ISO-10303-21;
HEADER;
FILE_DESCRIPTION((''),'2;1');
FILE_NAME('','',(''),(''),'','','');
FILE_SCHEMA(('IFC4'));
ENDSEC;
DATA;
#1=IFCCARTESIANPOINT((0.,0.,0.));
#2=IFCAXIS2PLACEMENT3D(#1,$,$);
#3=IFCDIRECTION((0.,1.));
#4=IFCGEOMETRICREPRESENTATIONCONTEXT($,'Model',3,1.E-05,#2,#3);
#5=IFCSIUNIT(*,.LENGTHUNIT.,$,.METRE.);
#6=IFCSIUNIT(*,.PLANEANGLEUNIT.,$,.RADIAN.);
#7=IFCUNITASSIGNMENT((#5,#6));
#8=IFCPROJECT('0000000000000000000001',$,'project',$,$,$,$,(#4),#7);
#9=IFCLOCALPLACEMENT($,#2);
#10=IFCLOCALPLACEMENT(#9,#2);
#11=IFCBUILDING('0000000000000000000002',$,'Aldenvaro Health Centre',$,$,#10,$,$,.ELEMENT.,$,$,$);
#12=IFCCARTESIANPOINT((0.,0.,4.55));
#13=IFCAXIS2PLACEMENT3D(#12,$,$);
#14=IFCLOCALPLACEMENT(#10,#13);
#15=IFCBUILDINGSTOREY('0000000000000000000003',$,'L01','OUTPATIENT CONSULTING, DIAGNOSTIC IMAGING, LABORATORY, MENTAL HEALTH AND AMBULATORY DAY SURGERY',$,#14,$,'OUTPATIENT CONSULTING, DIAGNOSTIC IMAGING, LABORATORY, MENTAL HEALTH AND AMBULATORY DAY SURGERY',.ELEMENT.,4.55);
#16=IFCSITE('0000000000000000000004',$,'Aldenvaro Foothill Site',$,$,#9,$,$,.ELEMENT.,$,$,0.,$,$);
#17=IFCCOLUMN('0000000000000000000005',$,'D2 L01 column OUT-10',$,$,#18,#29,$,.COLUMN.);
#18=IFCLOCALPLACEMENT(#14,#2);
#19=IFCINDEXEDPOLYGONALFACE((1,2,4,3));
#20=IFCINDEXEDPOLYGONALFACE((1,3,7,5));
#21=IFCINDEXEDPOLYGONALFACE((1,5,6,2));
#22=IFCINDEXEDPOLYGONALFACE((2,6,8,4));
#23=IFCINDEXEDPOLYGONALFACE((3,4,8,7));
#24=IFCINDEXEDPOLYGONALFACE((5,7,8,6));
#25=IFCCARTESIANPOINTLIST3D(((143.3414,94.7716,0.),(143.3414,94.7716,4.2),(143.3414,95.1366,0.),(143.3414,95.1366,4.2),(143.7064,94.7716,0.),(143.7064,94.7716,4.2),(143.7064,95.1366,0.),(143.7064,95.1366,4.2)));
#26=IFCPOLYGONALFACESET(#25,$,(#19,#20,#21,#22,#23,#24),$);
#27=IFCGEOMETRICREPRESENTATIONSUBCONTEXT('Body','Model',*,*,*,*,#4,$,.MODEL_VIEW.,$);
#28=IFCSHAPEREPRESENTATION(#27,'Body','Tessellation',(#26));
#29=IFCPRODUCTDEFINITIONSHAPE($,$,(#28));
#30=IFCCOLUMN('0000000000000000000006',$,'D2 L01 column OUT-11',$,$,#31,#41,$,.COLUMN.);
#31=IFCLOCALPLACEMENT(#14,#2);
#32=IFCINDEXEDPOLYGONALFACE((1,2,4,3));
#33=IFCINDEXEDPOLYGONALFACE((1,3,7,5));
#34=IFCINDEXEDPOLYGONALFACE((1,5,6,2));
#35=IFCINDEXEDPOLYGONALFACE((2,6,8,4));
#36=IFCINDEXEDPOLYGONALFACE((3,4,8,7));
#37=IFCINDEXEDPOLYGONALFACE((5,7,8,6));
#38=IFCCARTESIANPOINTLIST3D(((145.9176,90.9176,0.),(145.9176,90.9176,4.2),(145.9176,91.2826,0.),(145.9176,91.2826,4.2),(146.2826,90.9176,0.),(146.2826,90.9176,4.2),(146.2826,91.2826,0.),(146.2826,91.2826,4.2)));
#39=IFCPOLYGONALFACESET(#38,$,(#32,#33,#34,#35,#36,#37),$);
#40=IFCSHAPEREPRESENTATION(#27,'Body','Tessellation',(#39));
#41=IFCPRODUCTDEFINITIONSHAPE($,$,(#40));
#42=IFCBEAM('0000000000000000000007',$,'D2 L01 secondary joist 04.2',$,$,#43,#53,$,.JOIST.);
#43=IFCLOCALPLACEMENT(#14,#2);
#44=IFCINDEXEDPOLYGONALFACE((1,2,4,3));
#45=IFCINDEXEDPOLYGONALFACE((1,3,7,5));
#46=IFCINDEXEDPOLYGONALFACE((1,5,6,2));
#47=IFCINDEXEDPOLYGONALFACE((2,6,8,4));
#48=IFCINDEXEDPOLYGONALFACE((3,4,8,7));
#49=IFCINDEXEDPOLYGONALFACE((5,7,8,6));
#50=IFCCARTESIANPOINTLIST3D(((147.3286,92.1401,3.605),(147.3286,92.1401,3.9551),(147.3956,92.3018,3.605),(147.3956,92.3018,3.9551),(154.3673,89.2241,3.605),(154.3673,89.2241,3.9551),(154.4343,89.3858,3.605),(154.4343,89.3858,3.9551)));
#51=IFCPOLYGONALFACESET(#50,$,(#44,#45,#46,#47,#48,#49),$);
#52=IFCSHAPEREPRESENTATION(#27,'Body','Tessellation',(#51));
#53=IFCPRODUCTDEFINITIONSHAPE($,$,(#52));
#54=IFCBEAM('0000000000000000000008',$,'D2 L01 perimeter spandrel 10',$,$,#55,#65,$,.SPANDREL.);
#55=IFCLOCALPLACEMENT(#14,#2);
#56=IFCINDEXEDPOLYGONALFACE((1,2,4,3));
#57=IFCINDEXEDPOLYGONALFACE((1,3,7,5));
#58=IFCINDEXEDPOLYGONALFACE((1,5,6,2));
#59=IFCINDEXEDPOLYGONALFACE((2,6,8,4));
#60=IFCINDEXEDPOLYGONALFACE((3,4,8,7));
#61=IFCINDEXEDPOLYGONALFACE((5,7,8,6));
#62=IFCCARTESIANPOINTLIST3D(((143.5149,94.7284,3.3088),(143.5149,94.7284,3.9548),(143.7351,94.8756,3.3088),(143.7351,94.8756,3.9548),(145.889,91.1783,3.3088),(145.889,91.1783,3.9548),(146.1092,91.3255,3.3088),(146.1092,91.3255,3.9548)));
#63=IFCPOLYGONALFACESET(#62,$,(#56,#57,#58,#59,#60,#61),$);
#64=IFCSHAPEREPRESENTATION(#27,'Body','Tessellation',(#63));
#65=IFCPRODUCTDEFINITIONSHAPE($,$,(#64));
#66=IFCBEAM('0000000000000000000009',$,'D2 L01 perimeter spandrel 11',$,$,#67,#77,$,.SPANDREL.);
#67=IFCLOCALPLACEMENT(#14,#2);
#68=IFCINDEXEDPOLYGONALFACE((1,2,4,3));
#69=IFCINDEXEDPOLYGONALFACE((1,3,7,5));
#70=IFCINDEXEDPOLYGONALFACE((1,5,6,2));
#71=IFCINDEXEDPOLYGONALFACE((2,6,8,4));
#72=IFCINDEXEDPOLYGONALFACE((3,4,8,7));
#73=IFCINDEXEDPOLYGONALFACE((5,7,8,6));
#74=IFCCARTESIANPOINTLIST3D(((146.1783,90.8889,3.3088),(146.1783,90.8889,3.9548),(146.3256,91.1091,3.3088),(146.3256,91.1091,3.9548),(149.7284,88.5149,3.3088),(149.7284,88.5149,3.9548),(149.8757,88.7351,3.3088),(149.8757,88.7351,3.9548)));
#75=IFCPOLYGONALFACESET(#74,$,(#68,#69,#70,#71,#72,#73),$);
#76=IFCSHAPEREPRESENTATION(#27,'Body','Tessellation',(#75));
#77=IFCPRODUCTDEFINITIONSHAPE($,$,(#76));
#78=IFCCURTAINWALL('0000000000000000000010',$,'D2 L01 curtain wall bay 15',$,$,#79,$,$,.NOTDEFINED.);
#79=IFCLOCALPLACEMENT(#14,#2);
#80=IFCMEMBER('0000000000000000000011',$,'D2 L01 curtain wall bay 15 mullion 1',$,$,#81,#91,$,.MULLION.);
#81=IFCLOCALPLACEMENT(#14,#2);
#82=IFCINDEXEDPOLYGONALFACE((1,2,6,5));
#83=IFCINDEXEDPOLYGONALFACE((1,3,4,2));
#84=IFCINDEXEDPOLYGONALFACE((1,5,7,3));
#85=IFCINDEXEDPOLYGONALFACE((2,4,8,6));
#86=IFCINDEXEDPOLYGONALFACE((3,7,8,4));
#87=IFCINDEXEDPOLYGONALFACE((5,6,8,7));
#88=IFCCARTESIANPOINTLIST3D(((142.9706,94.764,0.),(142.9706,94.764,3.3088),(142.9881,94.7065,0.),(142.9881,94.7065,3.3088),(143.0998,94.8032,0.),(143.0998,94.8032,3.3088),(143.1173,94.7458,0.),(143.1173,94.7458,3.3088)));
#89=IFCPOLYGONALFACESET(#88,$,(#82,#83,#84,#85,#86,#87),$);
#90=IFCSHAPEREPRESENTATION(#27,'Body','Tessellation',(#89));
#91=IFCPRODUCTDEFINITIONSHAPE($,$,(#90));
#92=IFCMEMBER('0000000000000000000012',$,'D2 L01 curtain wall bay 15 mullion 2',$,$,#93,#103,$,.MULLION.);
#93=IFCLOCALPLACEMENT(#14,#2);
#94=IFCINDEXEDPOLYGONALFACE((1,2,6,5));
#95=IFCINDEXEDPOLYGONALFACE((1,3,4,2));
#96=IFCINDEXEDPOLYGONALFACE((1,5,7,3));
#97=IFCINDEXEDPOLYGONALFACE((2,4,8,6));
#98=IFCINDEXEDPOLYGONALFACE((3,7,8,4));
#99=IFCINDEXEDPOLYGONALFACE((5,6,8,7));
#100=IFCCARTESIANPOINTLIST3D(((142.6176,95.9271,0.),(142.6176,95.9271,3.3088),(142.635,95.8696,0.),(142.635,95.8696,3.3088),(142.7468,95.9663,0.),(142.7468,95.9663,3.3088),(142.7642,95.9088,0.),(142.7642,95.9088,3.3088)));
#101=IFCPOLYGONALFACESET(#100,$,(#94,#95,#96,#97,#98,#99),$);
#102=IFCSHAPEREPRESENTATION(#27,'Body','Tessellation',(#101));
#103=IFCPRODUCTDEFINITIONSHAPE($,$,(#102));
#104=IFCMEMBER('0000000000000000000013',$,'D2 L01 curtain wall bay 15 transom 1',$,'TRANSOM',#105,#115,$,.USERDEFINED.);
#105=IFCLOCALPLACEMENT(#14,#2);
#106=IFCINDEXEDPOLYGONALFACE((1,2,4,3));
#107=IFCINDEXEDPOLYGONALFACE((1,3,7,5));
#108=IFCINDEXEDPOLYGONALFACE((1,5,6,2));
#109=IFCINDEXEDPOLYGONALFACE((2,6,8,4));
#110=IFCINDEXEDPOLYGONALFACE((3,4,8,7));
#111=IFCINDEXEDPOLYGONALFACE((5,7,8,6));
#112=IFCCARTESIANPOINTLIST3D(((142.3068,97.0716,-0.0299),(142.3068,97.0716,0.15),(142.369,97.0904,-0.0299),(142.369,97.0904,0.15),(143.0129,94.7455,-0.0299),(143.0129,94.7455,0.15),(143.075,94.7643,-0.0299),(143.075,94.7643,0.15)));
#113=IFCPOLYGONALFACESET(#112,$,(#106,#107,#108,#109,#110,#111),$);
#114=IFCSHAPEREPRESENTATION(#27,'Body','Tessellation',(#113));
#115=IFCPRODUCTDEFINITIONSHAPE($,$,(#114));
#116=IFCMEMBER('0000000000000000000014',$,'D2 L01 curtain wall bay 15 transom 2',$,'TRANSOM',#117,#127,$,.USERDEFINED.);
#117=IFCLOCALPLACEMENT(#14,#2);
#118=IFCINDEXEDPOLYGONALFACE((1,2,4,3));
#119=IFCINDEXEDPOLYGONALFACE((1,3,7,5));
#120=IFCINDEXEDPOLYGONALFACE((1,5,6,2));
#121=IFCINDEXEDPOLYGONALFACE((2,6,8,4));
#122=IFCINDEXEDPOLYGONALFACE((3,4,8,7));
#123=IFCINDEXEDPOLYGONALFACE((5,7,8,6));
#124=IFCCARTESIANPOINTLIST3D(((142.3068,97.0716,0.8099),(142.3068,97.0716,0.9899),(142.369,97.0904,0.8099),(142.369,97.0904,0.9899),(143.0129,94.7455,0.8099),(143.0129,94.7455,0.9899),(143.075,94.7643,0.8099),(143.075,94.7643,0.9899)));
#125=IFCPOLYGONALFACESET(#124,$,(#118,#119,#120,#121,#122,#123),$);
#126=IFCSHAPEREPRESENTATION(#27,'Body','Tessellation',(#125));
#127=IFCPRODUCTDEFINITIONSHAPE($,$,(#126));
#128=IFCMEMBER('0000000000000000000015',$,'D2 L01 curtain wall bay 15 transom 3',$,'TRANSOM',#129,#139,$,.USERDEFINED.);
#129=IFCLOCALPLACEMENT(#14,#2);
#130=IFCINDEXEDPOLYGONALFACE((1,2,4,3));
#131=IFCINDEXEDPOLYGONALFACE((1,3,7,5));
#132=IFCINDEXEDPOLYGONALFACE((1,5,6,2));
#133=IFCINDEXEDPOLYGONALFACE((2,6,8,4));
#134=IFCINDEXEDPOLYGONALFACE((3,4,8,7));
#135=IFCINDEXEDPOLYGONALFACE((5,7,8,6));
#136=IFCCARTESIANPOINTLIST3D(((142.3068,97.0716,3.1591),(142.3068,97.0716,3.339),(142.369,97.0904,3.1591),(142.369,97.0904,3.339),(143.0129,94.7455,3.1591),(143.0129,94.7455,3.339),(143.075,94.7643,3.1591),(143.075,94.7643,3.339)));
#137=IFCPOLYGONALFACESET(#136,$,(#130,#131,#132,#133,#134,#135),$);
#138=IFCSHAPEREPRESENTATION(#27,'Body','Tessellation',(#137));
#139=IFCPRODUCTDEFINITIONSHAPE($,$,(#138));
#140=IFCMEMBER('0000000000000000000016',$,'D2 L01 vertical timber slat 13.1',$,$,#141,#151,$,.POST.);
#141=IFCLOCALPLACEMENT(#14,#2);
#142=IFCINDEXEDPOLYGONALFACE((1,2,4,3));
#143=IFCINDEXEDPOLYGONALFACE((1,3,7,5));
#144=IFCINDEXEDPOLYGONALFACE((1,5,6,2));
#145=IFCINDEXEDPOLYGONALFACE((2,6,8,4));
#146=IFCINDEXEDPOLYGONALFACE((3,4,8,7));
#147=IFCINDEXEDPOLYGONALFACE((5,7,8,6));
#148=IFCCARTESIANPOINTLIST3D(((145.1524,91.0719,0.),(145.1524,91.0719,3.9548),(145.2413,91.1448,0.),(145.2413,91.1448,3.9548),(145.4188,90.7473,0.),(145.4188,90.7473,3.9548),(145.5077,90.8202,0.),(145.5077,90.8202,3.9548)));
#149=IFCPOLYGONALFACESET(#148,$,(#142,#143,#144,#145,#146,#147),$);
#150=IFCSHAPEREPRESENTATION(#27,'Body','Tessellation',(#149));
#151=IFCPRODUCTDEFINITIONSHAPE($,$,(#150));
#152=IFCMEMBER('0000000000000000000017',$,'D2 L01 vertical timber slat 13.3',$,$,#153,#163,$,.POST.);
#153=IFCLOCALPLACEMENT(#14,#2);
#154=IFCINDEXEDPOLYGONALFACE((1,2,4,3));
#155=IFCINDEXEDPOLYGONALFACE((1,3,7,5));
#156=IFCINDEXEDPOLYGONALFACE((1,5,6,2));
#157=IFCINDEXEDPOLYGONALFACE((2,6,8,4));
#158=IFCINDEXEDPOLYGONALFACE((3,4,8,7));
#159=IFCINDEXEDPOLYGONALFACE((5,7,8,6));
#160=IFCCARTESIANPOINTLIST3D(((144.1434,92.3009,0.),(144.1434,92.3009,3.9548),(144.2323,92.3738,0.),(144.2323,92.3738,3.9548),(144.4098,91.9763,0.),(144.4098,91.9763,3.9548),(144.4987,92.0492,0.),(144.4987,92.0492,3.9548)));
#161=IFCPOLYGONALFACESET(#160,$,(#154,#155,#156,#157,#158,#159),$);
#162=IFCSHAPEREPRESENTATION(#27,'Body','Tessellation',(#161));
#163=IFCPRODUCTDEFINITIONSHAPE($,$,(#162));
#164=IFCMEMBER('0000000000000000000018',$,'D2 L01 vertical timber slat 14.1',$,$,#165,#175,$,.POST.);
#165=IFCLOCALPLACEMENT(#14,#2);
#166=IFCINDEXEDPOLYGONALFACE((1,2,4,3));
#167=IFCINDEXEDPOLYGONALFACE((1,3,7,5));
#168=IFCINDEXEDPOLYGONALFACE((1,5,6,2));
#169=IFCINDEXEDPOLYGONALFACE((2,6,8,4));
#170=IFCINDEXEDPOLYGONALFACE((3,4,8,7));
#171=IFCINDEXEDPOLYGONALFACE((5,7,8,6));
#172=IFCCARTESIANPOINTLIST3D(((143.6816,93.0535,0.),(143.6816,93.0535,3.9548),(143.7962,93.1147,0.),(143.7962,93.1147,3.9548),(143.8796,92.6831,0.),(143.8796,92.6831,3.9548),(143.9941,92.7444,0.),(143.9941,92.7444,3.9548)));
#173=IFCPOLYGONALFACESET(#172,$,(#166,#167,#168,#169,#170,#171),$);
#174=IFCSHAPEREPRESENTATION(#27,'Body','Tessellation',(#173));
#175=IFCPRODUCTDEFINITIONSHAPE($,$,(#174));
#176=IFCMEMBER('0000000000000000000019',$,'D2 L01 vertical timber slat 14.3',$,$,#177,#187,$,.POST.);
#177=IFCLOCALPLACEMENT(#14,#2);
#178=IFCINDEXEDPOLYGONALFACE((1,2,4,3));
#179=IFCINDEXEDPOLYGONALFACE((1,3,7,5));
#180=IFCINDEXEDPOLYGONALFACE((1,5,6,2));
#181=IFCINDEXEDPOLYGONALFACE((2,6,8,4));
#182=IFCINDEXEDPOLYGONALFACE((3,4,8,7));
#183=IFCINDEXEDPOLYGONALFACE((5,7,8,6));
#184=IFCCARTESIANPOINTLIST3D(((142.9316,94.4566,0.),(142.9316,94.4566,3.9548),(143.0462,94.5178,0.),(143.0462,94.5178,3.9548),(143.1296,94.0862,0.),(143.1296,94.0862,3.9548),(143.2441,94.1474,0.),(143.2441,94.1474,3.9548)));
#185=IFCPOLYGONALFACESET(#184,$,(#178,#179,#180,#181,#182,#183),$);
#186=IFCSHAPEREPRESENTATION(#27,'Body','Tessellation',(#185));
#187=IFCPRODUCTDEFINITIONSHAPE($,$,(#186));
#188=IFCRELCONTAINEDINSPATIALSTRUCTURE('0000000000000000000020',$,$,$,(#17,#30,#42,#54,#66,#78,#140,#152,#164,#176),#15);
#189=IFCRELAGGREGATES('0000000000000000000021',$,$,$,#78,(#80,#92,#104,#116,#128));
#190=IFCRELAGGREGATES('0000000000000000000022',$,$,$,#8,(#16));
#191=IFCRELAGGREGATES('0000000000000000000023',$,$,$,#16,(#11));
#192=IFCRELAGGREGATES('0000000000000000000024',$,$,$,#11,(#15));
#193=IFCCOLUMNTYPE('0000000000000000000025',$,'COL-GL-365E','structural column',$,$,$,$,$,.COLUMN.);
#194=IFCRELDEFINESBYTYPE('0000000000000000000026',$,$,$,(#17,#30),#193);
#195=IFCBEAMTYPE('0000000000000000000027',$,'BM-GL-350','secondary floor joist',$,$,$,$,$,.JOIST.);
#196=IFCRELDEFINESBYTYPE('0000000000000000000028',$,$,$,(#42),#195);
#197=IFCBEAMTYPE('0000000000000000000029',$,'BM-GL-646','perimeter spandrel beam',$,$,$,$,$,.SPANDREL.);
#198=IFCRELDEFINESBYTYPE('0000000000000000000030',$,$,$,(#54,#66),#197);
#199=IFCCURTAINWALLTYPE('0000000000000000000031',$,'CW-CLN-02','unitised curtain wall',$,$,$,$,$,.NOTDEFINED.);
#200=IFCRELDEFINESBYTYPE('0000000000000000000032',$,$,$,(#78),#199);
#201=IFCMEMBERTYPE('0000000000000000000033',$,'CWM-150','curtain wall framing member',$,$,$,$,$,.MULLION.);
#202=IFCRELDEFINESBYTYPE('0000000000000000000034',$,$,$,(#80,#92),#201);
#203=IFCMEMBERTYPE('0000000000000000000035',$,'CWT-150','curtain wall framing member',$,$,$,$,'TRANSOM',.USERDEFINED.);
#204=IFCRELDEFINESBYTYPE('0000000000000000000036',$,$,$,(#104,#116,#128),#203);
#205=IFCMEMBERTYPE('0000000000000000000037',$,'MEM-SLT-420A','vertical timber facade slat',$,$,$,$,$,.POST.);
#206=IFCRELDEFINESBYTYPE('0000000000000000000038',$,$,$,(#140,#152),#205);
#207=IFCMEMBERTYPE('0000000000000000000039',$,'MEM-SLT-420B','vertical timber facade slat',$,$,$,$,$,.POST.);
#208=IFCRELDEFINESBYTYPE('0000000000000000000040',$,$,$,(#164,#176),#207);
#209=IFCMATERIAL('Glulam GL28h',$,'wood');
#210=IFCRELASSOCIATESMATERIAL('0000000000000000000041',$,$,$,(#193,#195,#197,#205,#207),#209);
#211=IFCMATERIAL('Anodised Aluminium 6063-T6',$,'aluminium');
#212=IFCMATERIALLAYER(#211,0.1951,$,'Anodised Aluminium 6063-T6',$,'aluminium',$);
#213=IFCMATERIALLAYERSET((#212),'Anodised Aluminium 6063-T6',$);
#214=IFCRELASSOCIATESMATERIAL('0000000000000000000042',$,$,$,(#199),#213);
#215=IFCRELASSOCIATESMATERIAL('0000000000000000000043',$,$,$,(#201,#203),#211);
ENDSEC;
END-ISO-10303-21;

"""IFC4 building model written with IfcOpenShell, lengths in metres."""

from ifc_helpers import new_model, si_unit, direction, frame, origin, origin_2d, place, context, subcontext, project, spatial, rectangle, extrude, material, layer, layer_set, material_profile, profile_set, type_object, element, aggregate, save


model = new_model("IFC4")

# Units and contexts
model_context = context("Model", 3, precision=1e-05, world=origin(), true_north=direction((0.0, 1.0)))
body_context = subcontext(model_context, "Body", "Model", "MODEL_VIEW")
ifc_project = project(units=[si_unit("LENGTHUNIT", "METRE"), si_unit("PLANEANGLEUNIT", "RADIAN")], contexts=[model_context])

# Site, building, storey
site_placement = place(None, origin())
site = spatial("IfcSite", under=ifc_project, at=site_placement, Name="Aldenvaro Foothill Site", CompositionType="ELEMENT", RefElevation=0.0)
building_placement = place(site_placement, origin())
building = spatial("IfcBuilding", under=site, at=building_placement, Name="Aldenvaro Health Centre", CompositionType="ELEMENT")
storey_placement = place(building_placement, frame((0.0, 0.0, 4.55)))
storey = spatial("IfcBuildingStorey", under=building, at=storey_placement, Name="L01", Description="OUTPATIENT CONSULTING, DIAGNOSTIC IMAGING, LABORATORY, MENTAL HEALTH AND AMBULATORY DAY SURGERY", LongName="OUTPATIENT CONSULTING, DIAGNOSTIC IMAGING, LABORATORY, MENTAL HEALTH AND AMBULATORY DAY SURGERY", CompositionType="ELEMENT", Elevation=4.55)

# Columns
ifc_material_1 = material(Name="Glulam GL28h", Category="wood")
ifc_material_profile_1 = material_profile(ifc_material_1, rectangle(XDim=0.365, YDim=0.365, at=origin_2d()), Name="GL 365x365", Category="wood")
ifc_profile_set_1 = profile_set([ifc_material_profile_1], Name="Glulam GL28h")
column_type = type_object("IfcColumnType", Name="COL-GL-365E", Description="structural column", PredefinedType="COLUMN", material=ifc_profile_set_1)
for number, where, z_axis, x_axis, name in (
    (1, (143.5239, 94.9541, 0.0), (0.0, 0.0, 1.0), (1.0, 0.0, 0.0), "D2 L01 column OUT-10"),
    (2, (146.1001, 91.1001, 0.0), (0.0, 0.0, 1.0), (1.0, 0.0, 0.0), "D2 L01 column OUT-11"),
):
    element("IfcColumn", number, at=place(storey_placement, frame(where, z_axis=z_axis, x_axis=x_axis)), inside=storey, type_object=column_type, Name=name, PredefinedType="COLUMN", context=body_context, shape_type="SweptSolid", body=[
        extrude(rectangle(XDim=0.365, YDim=0.365, at=origin_2d()), origin(), (0.0, 0.0, 1.0), 4.2),
    ])

# Beams
ifc_material_profile_2 = material_profile(ifc_material_1, rectangle(XDim=0.175, YDim=0.3501, at=origin_2d()), Name="GL 175x350", Category="wood")
ifc_profile_set_2 = profile_set([ifc_material_profile_2], Name="Glulam GL28h")
beam_type_1 = type_object("IfcBeamType", Name="BM-GL-350", Description="secondary floor joist", PredefinedType="JOIST", material=ifc_profile_set_2)
beam_placement = place(storey_placement, frame((147.3621, 92.2209, 3.78), z_axis=(0.923859, -0.382733, 0.0), x_axis=(0.382733, 0.923859, 0.0)))
element("IfcBeam", 3, at=beam_placement, inside=storey, type_object=beam_type_1, Name="D2 L01 secondary joist 04.2", PredefinedType="JOIST", context=body_context, shape_type="SweptSolid", body=[
    extrude(rectangle(XDim=0.175, YDim=0.3501, at=origin_2d()), origin(), (0.0, 0.0, 1.0), 7.6189),
])
ifc_material_profile_3 = material_profile(ifc_material_1, rectangle(XDim=0.2649, YDim=0.646, at=origin_2d()), Name="GL 265x646", Category="wood")
ifc_profile_set_3 = profile_set([ifc_material_profile_3], Name="Glulam GL28h")
beam_type_2 = type_object("IfcBeamType", Name="BM-GL-646", Description="perimeter spandrel beam", PredefinedType="SPANDREL", material=ifc_profile_set_3)
for number, where, z_axis, x_axis, name in (
    (4, (143.625, 94.802, 3.6318), (0.555887, -0.831258, 0.0), (0.831258, 0.555887, 0.0), "D2 L01 perimeter spandrel 10"),
    (5, (146.252, 90.999, 3.6318), (0.831258, -0.555887, 0.0), (0.555887, 0.831258, 0.0), "D2 L01 perimeter spandrel 11"),
):
    element("IfcBeam", number, at=place(storey_placement, frame(where, z_axis=z_axis, x_axis=x_axis)), inside=storey, type_object=beam_type_2, Name=name, PredefinedType="SPANDREL", context=body_context, shape_type="SweptSolid", body=[
        extrude(rectangle(XDim=0.2649, YDim=0.646, at=origin_2d()), origin(), (0.0, 0.0, 1.0), 4.2708),
    ])

# Curtain wall, members
ifc_material_2 = material(Name="Anodised Aluminium 6063-T6", Category="aluminium")
ifc_layer_1 = layer(ifc_material_2, 0.1951, Name="Anodised Aluminium 6063-T6", Category="aluminium")
ifc_layer_set_1 = layer_set([ifc_layer_1], Name="Anodised Aluminium 6063-T6")
curtain_wall_type = type_object("IfcCurtainWallType", Name="CW-CLN-02", Description="unitised curtain wall", PredefinedType="NOTDEFINED", material=ifc_layer_set_1)
curtain_wall_placement = place(storey_placement, origin())
curtain_wall = element("IfcCurtainWall", 6, at=curtain_wall_placement, inside=storey, type_object=curtain_wall_type, Name="D2 L01 curtain wall bay 15", PredefinedType="NOTDEFINED")
ifc_material_profile_4 = material_profile(ifc_material_2, rectangle(XDim=0.0601, YDim=0.135, at=origin_2d()), Name="ALU 60x135", Category="aluminium")
ifc_profile_set_4 = profile_set([ifc_material_profile_4], Name="Anodised Aluminium 6063-T6")
member_type_1 = type_object("IfcMemberType", Name="CWM-150", Description="curtain wall framing member", PredefinedType="MULLION", material=ifc_profile_set_4)
member_1_placement = place(storey_placement, frame((143.0439, 94.7549, 0.0), z_axis=(0.0, 0.0, 1.0), x_axis=(-0.290441, 0.956893, 0.0)))
member_1 = element("IfcMember", 7, at=member_1_placement, type_object=member_type_1, Name="D2 L01 curtain wall bay 15 mullion 1", PredefinedType="MULLION", context=body_context, shape_type="SweptSolid", body=[
    extrude(rectangle(XDim=0.0601, YDim=0.135, at=origin_2d()), origin(), (0.0, 0.0, 1.0), 3.3088),
])
member_2_placement = place(storey_placement, frame((142.6909, 95.918, 0.0), z_axis=(0.0, 0.0, 1.0), x_axis=(-0.290441, 0.956893, 0.0)))
member_2 = element("IfcMember", 8, at=member_2_placement, type_object=member_type_1, Name="D2 L01 curtain wall bay 15 mullion 2", PredefinedType="MULLION", context=body_context, shape_type="SweptSolid", body=[
    extrude(rectangle(XDim=0.0601, YDim=0.135, at=origin_2d()), origin(), (0.0, 0.0, 1.0), 3.3088),
])
ifc_material_profile_5 = material_profile(ifc_material_2, rectangle(XDim=0.0649, YDim=0.1799, at=origin_2d()), Name="ALU 65x180", Category="aluminium")
ifc_profile_set_5 = profile_set([ifc_material_profile_5], Name="Anodised Aluminium 6063-T6")
member_type_2 = type_object("IfcMemberType", Name="CWT-150", Description="curtain wall framing member", ElementType="TRANSOM", PredefinedType="USERDEFINED", material=ifc_profile_set_5)
member_3_placement = place(storey_placement, frame((143.0439, 94.7549, 0.0601), z_axis=(-0.290442, 0.956893, 0.0), x_axis=(-0.956893, -0.290442, 0.0)))
member_3 = element("IfcMember", 9, at=member_3_placement, type_object=member_type_2, Name="D2 L01 curtain wall bay 15 transom 1", ObjectType="TRANSOM", PredefinedType="USERDEFINED", context=body_context, shape_type="SweptSolid", body=[
    extrude(rectangle(XDim=0.0649, YDim=0.1799, at=origin_2d()), origin(), (0.0, 0.0, 1.0), 2.4309),
])
member_4_placement = place(storey_placement, frame((143.0439, 94.7549, 0.8999), z_axis=(-0.290442, 0.956893, 0.0), x_axis=(-0.956893, -0.290442, 0.0)))
member_4 = element("IfcMember", 10, at=member_4_placement, type_object=member_type_2, Name="D2 L01 curtain wall bay 15 transom 2", ObjectType="TRANSOM", PredefinedType="USERDEFINED", context=body_context, shape_type="SweptSolid", body=[
    extrude(rectangle(XDim=0.0649, YDim=0.1799, at=origin_2d()), origin(), (0.0, 0.0, 1.0), 2.4309),
])
member_5_placement = place(storey_placement, frame((143.0439, 94.7549, 3.249), z_axis=(-0.290442, 0.956893, 0.0), x_axis=(-0.956893, -0.290442, 0.0)))
member_5 = element("IfcMember", 11, at=member_5_placement, type_object=member_type_2, Name="D2 L01 curtain wall bay 15 transom 3", ObjectType="TRANSOM", PredefinedType="USERDEFINED", context=body_context, shape_type="SweptSolid", body=[
    extrude(rectangle(XDim=0.0649, YDim=0.1799, at=origin_2d()), origin(), (0.0, 0.0, 1.0), 2.4309),
])

# Members
ifc_material_profile_6 = material_profile(ifc_material_1, rectangle(XDim=0.115, YDim=0.4199, at=origin_2d()), Name="GL 115x420", Category="wood")
ifc_profile_set_6 = profile_set([ifc_material_profile_6], Name="Glulam GL28h")
member_type_3 = type_object("IfcMemberType", Name="MEM-SLT-420A", Description="vertical timber facade slat", PredefinedType="POST", material=ifc_profile_set_6)
for number, where, z_axis, x_axis, name in (
    (12, (145.3301, 90.946, 0.0), (0.0, 0.0, 1.0), (-0.773022, -0.63438, 0.0), "D2 L01 vertical timber slat 13.1"),
    (13, (144.321, 92.175, 0.0), (0.0, 0.0, 1.0), (-0.773022, -0.63438, 0.0), "D2 L01 vertical timber slat 13.3"),
):
    element("IfcMember", number, at=place(storey_placement, frame(where, z_axis=z_axis, x_axis=x_axis)), inside=storey, type_object=member_type_3, Name=name, PredefinedType="POST", context=body_context, shape_type="SweptSolid", body=[
        extrude(rectangle(XDim=0.115, YDim=0.4199, at=origin_2d()), origin(), (0.0, 0.0, 1.0), 3.9548),
    ])
ifc_material_profile_7 = material_profile(ifc_material_1, rectangle(XDim=0.1299, YDim=0.4199, at=origin_2d()), Name="GL 130x420", Category="wood")
ifc_profile_set_7 = profile_set([ifc_material_profile_7], Name="Glulam GL28h")
member_type_4 = type_object("IfcMemberType", Name="MEM-SLT-420B", Description="vertical timber facade slat", PredefinedType="POST", material=ifc_profile_set_7)
for number, where, z_axis, x_axis, name in (
    (14, (143.8379, 92.8989, 0.0), (0.0, 0.0, 1.0), (-0.88192, -0.471399, 0.0), "D2 L01 vertical timber slat 14.1"),
    (15, (143.0879, 94.302, 0.0), (0.0, 0.0, 1.0), (-0.88192, -0.471399, 0.0), "D2 L01 vertical timber slat 14.3"),
):
    element("IfcMember", number, at=place(storey_placement, frame(where, z_axis=z_axis, x_axis=x_axis)), inside=storey, type_object=member_type_4, Name=name, PredefinedType="POST", context=body_context, shape_type="SweptSolid", body=[
        extrude(rectangle(XDim=0.1299, YDim=0.4199, at=origin_2d()), origin(), (0.0, 0.0, 1.0), 3.9548),
    ])

aggregate(curtain_wall, [member_1, member_2, member_3, member_4, member_5])

save(model, "model.ifc")
